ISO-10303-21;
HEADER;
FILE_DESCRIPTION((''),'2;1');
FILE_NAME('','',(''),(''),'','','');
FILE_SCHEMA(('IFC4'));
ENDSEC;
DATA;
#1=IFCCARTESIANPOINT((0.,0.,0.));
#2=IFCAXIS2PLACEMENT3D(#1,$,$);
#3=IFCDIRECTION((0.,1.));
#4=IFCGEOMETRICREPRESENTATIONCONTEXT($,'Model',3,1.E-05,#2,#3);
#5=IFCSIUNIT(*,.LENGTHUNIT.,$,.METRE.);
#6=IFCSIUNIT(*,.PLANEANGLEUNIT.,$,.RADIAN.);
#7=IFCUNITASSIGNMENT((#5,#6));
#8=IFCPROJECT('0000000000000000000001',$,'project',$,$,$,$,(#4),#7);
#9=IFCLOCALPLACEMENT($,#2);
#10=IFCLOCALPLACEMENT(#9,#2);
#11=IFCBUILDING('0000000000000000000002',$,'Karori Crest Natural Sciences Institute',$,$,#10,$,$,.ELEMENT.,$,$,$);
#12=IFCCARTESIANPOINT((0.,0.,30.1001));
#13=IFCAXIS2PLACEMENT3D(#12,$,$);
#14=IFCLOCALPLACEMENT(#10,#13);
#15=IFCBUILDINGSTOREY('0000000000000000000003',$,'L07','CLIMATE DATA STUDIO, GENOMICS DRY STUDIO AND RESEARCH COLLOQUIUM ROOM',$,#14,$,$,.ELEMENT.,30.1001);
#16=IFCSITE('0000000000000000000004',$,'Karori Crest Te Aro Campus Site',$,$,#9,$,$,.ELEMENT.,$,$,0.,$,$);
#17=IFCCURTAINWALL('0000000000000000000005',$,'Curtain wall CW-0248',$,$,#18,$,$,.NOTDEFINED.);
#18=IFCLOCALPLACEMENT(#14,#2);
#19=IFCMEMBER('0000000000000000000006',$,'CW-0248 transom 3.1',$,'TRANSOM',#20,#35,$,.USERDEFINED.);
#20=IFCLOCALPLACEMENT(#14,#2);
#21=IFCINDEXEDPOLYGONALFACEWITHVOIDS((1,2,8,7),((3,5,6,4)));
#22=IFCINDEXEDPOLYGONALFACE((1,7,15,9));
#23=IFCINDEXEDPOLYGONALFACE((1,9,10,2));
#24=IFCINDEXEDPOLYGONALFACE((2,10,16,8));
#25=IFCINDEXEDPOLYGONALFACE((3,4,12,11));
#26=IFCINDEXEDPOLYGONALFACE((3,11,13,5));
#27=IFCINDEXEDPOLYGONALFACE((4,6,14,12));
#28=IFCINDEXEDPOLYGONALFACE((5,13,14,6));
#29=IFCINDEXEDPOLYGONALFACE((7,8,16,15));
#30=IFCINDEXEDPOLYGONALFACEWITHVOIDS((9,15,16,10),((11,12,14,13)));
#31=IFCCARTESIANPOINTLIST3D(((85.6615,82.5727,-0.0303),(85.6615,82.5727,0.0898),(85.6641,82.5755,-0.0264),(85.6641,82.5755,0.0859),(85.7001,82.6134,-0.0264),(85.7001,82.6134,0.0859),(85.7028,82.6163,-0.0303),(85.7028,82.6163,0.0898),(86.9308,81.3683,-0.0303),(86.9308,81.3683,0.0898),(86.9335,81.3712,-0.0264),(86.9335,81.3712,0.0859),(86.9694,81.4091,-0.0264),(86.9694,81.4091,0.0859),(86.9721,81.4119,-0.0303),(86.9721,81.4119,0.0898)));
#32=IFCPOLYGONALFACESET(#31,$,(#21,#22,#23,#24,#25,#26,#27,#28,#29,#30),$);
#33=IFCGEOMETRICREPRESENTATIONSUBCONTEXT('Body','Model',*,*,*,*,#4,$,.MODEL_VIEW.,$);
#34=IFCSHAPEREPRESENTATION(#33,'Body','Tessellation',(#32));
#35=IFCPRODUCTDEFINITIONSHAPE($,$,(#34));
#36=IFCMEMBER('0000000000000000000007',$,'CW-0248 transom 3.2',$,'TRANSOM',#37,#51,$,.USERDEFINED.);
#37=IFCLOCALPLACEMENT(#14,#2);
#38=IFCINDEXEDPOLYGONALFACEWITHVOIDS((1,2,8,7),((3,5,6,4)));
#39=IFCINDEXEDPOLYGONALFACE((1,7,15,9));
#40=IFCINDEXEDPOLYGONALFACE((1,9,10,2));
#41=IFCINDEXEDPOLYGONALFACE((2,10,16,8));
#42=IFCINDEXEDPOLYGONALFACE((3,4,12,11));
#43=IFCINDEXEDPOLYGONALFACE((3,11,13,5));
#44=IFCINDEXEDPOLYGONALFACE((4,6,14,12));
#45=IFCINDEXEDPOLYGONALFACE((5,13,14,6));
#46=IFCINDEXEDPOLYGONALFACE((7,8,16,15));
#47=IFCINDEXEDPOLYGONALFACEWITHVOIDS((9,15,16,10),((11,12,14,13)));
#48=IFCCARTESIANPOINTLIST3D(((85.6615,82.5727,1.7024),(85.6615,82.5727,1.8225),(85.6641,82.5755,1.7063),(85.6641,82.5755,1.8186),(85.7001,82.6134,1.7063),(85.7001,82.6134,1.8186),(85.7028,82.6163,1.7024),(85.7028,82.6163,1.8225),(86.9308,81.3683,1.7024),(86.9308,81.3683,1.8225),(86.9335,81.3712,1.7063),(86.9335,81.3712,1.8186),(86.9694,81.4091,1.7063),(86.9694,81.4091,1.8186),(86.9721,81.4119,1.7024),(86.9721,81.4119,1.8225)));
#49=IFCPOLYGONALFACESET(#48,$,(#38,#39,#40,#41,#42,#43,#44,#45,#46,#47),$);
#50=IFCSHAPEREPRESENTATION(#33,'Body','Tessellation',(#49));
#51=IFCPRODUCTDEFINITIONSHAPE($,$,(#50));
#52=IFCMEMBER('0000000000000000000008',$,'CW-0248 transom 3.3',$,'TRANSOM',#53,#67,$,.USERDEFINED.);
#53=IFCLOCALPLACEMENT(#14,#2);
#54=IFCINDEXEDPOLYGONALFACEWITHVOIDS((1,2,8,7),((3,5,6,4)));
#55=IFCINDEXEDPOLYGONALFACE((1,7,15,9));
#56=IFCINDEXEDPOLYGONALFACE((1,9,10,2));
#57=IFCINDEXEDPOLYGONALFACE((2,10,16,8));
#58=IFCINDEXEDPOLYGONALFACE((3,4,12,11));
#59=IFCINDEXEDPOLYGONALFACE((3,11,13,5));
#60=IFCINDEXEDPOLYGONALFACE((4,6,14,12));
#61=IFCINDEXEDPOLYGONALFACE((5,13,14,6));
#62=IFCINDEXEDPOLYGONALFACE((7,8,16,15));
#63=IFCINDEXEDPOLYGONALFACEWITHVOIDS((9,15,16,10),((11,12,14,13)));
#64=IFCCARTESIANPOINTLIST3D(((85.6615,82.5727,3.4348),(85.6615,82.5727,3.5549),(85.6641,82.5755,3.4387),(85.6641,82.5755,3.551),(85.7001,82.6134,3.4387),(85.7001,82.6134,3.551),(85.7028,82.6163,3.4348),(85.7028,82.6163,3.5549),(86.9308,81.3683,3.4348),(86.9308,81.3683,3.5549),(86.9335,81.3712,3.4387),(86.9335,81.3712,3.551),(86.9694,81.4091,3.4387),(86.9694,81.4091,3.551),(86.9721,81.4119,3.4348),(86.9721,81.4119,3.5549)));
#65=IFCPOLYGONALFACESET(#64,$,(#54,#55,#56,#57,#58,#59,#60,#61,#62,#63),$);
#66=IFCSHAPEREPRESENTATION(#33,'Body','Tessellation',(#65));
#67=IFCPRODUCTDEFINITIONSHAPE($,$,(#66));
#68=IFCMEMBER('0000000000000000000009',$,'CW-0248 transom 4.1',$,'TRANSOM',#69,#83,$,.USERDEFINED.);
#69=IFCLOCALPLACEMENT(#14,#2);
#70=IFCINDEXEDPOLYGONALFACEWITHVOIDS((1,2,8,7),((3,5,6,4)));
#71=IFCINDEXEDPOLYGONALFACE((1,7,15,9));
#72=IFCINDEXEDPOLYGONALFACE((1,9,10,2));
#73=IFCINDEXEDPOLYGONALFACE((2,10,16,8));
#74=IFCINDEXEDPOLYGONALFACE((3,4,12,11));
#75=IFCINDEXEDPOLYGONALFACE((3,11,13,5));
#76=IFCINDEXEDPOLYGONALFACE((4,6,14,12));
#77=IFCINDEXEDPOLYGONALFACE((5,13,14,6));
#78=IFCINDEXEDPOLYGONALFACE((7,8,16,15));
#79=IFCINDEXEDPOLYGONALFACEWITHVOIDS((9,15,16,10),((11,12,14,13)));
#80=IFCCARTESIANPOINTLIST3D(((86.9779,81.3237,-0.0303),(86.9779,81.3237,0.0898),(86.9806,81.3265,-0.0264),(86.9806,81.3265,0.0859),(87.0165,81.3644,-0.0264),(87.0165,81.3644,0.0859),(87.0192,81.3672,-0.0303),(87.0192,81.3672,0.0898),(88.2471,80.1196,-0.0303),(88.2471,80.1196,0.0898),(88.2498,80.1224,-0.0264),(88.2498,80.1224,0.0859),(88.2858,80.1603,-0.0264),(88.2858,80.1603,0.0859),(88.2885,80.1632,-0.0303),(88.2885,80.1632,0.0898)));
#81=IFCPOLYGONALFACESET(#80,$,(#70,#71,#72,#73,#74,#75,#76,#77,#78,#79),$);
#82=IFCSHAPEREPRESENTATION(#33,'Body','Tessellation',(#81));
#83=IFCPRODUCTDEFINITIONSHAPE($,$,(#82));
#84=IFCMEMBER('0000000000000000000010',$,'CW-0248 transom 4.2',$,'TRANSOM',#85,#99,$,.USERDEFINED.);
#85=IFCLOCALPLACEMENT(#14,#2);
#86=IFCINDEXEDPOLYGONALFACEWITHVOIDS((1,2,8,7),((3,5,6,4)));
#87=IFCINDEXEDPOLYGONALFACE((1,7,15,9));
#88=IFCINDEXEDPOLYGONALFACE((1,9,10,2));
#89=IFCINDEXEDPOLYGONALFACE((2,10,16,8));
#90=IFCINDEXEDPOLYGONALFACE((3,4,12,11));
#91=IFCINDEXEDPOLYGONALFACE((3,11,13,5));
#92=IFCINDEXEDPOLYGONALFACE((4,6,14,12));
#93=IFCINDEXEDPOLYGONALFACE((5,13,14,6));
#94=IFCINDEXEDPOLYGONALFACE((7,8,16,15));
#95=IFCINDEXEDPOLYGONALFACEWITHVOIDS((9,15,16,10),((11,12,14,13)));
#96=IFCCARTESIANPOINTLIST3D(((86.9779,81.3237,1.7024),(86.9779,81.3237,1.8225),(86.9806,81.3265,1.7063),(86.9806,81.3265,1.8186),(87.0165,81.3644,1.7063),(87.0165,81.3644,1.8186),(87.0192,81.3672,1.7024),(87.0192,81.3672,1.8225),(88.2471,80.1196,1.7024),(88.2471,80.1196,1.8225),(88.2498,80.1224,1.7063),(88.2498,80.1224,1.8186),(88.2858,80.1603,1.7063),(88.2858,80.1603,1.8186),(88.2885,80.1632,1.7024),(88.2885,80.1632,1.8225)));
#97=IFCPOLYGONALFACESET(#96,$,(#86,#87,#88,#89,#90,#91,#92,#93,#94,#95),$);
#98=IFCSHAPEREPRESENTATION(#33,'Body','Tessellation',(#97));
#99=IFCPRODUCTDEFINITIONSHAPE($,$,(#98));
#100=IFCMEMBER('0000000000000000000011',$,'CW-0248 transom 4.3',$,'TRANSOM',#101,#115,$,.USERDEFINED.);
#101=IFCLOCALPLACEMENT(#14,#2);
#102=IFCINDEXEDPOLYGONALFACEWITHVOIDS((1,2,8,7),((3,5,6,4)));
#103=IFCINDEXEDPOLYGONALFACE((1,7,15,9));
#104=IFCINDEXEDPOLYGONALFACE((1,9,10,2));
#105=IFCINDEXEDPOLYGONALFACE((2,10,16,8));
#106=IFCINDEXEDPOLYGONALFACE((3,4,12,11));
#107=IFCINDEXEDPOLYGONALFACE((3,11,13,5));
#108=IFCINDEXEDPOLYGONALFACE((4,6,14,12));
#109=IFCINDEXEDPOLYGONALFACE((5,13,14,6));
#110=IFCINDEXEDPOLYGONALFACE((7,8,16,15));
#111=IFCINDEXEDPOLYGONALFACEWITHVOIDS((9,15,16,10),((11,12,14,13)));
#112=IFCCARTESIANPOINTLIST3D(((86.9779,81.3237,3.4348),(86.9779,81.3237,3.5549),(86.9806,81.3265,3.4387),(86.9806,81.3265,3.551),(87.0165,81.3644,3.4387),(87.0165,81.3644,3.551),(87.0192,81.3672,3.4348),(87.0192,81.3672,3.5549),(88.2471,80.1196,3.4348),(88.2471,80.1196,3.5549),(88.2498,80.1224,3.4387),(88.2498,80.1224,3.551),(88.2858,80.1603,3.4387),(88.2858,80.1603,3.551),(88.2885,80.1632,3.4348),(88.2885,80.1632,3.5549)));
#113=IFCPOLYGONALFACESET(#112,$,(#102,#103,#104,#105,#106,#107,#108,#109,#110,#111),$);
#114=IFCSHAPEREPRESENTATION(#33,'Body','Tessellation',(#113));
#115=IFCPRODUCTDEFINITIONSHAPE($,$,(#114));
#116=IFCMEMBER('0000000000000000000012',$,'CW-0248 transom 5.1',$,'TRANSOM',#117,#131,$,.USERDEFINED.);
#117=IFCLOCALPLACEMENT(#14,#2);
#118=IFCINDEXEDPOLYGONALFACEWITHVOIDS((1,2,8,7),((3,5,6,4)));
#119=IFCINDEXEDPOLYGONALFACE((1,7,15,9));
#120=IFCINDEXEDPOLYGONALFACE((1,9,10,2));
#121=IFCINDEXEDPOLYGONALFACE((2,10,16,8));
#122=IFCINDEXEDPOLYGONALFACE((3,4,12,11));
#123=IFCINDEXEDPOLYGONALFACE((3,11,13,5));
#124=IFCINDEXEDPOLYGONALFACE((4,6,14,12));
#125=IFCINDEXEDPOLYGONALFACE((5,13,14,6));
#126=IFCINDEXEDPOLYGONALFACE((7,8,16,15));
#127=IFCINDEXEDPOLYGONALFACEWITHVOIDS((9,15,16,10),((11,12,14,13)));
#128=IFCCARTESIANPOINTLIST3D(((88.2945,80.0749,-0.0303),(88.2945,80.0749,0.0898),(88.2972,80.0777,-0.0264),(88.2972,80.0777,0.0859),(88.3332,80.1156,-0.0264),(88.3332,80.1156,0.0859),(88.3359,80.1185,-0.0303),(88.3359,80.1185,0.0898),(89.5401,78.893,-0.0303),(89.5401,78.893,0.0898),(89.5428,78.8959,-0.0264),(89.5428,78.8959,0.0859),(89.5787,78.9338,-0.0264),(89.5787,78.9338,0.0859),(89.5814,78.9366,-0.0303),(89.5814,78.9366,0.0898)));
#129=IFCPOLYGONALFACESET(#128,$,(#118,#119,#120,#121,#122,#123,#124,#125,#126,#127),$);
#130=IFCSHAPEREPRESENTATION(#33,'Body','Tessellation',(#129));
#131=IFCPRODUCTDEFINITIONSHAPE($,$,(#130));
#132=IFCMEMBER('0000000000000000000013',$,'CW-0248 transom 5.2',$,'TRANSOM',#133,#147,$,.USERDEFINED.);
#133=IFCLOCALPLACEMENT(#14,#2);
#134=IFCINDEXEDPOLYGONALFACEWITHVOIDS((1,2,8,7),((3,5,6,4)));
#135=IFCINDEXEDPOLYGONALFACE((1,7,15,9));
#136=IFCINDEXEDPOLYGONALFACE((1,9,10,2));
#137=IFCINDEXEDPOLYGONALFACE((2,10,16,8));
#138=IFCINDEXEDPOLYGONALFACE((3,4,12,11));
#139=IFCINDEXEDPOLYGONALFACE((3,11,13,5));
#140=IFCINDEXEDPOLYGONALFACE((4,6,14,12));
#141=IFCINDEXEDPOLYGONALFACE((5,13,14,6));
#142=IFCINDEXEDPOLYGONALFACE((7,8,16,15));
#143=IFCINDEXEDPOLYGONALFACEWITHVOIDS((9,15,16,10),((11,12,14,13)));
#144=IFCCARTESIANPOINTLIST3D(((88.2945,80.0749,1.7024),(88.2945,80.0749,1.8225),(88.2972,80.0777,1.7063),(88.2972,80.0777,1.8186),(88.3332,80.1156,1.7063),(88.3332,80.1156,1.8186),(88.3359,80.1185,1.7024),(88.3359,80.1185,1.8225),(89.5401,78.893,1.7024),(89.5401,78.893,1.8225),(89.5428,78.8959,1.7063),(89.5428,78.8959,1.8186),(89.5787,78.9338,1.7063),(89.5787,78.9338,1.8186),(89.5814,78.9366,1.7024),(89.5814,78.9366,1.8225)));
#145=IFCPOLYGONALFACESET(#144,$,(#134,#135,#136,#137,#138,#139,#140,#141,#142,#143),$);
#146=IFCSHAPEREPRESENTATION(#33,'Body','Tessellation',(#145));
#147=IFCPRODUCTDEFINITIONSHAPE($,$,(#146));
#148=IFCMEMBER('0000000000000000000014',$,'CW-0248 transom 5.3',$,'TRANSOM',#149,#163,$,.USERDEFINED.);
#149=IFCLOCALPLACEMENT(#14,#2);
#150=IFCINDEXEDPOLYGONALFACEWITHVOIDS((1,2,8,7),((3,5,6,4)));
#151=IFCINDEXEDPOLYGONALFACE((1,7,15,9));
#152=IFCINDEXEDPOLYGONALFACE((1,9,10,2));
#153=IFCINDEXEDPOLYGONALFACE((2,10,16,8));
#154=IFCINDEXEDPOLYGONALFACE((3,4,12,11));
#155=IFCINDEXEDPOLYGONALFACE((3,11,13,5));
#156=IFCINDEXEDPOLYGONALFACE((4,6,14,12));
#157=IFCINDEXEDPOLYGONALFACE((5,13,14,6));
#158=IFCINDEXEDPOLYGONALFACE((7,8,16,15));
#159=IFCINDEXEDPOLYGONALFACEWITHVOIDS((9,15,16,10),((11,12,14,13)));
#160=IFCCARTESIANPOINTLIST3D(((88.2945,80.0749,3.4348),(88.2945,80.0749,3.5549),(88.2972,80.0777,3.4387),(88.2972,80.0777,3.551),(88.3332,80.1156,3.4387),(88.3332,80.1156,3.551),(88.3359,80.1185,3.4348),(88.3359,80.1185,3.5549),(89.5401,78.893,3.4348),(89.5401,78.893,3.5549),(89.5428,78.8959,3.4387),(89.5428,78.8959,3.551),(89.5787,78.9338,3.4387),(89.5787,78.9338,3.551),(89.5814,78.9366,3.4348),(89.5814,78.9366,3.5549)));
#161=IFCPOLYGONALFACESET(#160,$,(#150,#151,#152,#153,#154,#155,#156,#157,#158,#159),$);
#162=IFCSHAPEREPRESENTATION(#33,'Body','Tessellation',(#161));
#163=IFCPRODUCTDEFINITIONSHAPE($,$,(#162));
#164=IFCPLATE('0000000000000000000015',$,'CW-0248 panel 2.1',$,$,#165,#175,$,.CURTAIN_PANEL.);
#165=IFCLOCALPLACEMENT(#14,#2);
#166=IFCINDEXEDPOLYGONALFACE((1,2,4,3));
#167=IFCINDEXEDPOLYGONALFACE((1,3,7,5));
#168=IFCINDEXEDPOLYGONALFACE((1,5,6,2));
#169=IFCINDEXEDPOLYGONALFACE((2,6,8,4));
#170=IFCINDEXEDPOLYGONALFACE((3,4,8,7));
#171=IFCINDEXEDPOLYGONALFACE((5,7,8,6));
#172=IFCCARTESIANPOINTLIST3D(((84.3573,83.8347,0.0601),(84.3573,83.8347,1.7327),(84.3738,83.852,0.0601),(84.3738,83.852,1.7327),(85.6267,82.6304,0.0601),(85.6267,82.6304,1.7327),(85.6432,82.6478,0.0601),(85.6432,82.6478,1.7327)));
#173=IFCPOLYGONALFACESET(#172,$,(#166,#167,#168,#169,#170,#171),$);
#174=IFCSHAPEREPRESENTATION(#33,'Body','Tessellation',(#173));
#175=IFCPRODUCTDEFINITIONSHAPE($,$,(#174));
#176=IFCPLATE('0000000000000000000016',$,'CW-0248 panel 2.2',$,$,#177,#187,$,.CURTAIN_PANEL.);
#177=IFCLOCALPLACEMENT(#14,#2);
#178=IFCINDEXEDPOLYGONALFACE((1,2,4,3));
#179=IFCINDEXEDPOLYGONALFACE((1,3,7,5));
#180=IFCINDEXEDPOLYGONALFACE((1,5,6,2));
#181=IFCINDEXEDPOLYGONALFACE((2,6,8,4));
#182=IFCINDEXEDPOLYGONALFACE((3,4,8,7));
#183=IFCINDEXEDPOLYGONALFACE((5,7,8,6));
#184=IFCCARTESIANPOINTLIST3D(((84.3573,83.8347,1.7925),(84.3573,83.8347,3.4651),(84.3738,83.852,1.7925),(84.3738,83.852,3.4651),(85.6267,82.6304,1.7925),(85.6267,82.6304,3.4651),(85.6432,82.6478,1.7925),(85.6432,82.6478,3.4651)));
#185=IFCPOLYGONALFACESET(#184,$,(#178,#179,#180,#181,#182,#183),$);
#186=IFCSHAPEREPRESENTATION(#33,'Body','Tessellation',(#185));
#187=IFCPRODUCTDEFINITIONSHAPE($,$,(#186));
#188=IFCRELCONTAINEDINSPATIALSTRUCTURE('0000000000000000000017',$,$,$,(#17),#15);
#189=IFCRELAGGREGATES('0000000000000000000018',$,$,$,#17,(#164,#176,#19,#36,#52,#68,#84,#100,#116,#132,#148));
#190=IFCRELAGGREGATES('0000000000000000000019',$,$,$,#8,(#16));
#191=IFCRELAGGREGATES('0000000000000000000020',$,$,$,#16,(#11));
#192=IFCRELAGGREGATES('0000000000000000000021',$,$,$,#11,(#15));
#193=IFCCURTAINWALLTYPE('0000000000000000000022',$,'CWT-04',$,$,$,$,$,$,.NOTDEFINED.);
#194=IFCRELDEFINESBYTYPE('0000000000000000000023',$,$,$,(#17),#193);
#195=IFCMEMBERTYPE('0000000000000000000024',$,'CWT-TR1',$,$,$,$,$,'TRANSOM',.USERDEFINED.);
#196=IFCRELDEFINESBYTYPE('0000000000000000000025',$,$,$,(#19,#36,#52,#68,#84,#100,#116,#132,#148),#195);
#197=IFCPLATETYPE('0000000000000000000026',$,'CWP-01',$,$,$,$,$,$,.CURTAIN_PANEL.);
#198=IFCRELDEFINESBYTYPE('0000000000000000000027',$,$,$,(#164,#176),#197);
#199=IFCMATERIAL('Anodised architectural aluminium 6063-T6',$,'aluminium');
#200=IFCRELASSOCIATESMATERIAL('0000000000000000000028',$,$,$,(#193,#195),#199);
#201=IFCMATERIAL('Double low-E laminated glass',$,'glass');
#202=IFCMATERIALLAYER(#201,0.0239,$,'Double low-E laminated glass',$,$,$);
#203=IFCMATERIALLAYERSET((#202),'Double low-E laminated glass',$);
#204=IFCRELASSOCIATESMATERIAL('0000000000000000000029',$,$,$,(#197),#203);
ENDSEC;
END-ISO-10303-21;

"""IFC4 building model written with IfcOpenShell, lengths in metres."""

from ifc_helpers import new_model, si_unit, direction, frame, origin, origin_2d, place, context, subcontext, project, spatial, rectangle, hollow_rectangle, extrude, material, layer, layer_set, material_profile, profile_set, type_object, element, aggregate, save


model = new_model("IFC4")

# Units and contexts
model_context = context("Model", 3, precision=1e-05, world=origin(), true_north=direction((0.0, 1.0)))
body_context = subcontext(model_context, "Body", "Model", "MODEL_VIEW")
ifc_project = project(units=[si_unit("LENGTHUNIT", "METRE"), si_unit("PLANEANGLEUNIT", "RADIAN")], contexts=[model_context])

# Site, building, storey
site_placement = place(None, origin())
site = spatial("IfcSite", under=ifc_project, at=site_placement, Name="Karori Crest Te Aro Campus Site", CompositionType="ELEMENT", RefElevation=0.0)
building_placement = place(site_placement, origin())
building = spatial("IfcBuilding", under=site, at=building_placement, Name="Karori Crest Natural Sciences Institute", CompositionType="ELEMENT")
storey_placement = place(building_placement, frame((0.0, 0.0, 30.1001)))
storey = spatial("IfcBuildingStorey", under=building, at=storey_placement, Name="L07", Description="CLIMATE DATA STUDIO, GENOMICS DRY STUDIO AND RESEARCH COLLOQUIUM ROOM", CompositionType="ELEMENT", Elevation=30.1001)

# Curtain wall, members, plates
ifc_material_1 = material(Name="Anodised architectural aluminium 6063-T6", Category="aluminium")
curtain_wall_type = type_object("IfcCurtainWallType", Name="CWT-04", PredefinedType="NOTDEFINED", material=ifc_material_1)
curtain_wall_placement = place(storey_placement, origin())
curtain_wall = element("IfcCurtainWall", 1, at=curtain_wall_placement, inside=storey, type_object=curtain_wall_type, Name="Curtain wall CW-0248", PredefinedType="NOTDEFINED")
ifc_material_profile_1 = material_profile(ifc_material_1, hollow_rectangle(XDim=0.0601, YDim=0.1201, WallThickness=0.0039, at=origin_2d()), Name="CWT120x60x4")
ifc_profile_set_1 = profile_set([ifc_material_profile_1], Name="Anodised architectural aluminium 6063-T6")
member_type_1 = type_object("IfcMemberType", Name="CWT-TR1", ElementType="TRANSOM", PredefinedType="USERDEFINED", material=ifc_profile_set_1)
member_1_placement = place(storey_placement, frame((85.6821, 82.5945, 0.0298), z_axis=(0.725421, -0.688306, 0.0), x_axis=(0.688306, 0.725421, 0.0)))
member_1 = element("IfcMember", 2, at=member_1_placement, type_object=member_type_1, Name="CW-0248 transom 3.1", ObjectType="TRANSOM", PredefinedType="USERDEFINED", context=body_context, shape_type="SweptSolid", body=[
    extrude(hollow_rectangle(XDim=0.0601, YDim=0.1201, WallThickness=0.0039, at=origin_2d()), origin(), (0.0, 0.0, 1.0), 1.7498),
])
member_2_placement = place(storey_placement, frame((85.6821, 82.5945, 1.7625), z_axis=(0.725421, -0.688306, 0.0), x_axis=(0.688306, 0.725421, 0.0)))
member_2 = element("IfcMember", 3, at=member_2_placement, type_object=member_type_1, Name="CW-0248 transom 3.2", ObjectType="TRANSOM", PredefinedType="USERDEFINED", context=body_context, shape_type="SweptSolid", body=[
    extrude(hollow_rectangle(XDim=0.0601, YDim=0.1201, WallThickness=0.0039, at=origin_2d()), origin(), (0.0, 0.0, 1.0), 1.7498),
])
member_3_placement = place(storey_placement, frame((85.6821, 82.5945, 3.4949), z_axis=(0.725421, -0.688306, 0.0), x_axis=(0.688306, 0.725421, 0.0)))
member_3 = element("IfcMember", 4, at=member_3_placement, type_object=member_type_1, Name="CW-0248 transom 3.3", ObjectType="TRANSOM", PredefinedType="USERDEFINED", context=body_context, shape_type="SweptSolid", body=[
    extrude(hollow_rectangle(XDim=0.0601, YDim=0.1201, WallThickness=0.0039, at=origin_2d()), origin(), (0.0, 0.0, 1.0), 1.7498),
])
member_4_placement = place(storey_placement, frame((86.9985, 81.3455, 0.0298), z_axis=(0.72549, -0.688232, 0.0), x_axis=(0.688232, 0.72549, 0.0)))
member_4 = element("IfcMember", 5, at=member_4_placement, type_object=member_type_1, Name="CW-0248 transom 4.1", ObjectType="TRANSOM", PredefinedType="USERDEFINED", context=body_context, shape_type="SweptSolid", body=[
    extrude(hollow_rectangle(XDim=0.0601, YDim=0.1201, WallThickness=0.0039, at=origin_2d()), origin(), (0.0, 0.0, 1.0), 1.7495),
])
member_5_placement = place(storey_placement, frame((86.9985, 81.3455, 1.7625), z_axis=(0.72549, -0.688232, 0.0), x_axis=(0.688232, 0.72549, 0.0)))
member_5 = element("IfcMember", 6, at=member_5_placement, type_object=member_type_1, Name="CW-0248 transom 4.2", ObjectType="TRANSOM", PredefinedType="USERDEFINED", context=body_context, shape_type="SweptSolid", body=[
    extrude(hollow_rectangle(XDim=0.0601, YDim=0.1201, WallThickness=0.0039, at=origin_2d()), origin(), (0.0, 0.0, 1.0), 1.7495),
])
member_6_placement = place(storey_placement, frame((86.9985, 81.3455, 3.4949), z_axis=(0.72549, -0.688232, 0.0), x_axis=(0.688232, 0.72549, 0.0)))
member_6 = element("IfcMember", 7, at=member_6_placement, type_object=member_type_1, Name="CW-0248 transom 4.3", ObjectType="TRANSOM", PredefinedType="USERDEFINED", context=body_context, shape_type="SweptSolid", body=[
    extrude(hollow_rectangle(XDim=0.0601, YDim=0.1201, WallThickness=0.0039, at=origin_2d()), origin(), (0.0, 0.0, 1.0), 1.7495),
])
member_7_placement = place(storey_placement, frame((88.3152, 80.0967, 0.0298), z_axis=(0.725418, -0.688308, 0.0), x_axis=(0.688308, 0.725418, 0.0)))
member_7 = element("IfcMember", 8, at=member_7_placement, type_object=member_type_1, Name="CW-0248 transom 5.1", ObjectType="TRANSOM", PredefinedType="USERDEFINED", context=body_context, shape_type="SweptSolid", body=[
    extrude(hollow_rectangle(XDim=0.0601, YDim=0.1201, WallThickness=0.0039, at=origin_2d()), origin(), (0.0, 0.0, 1.0), 1.717),
])
member_8_placement = place(storey_placement, frame((88.3152, 80.0967, 1.7625), z_axis=(0.725418, -0.688308, 0.0), x_axis=(0.688308, 0.725418, 0.0)))
member_8 = element("IfcMember", 9, at=member_8_placement, type_object=member_type_1, Name="CW-0248 transom 5.2", ObjectType="TRANSOM", PredefinedType="USERDEFINED", context=body_context, shape_type="SweptSolid", body=[
    extrude(hollow_rectangle(XDim=0.0601, YDim=0.1201, WallThickness=0.0039, at=origin_2d()), origin(), (0.0, 0.0, 1.0), 1.717),
])
member_9_placement = place(storey_placement, frame((88.3152, 80.0967, 3.4949), z_axis=(0.725418, -0.688308, 0.0), x_axis=(0.688308, 0.725418, 0.0)))
member_9 = element("IfcMember", 10, at=member_9_placement, type_object=member_type_1, Name="CW-0248 transom 5.3", ObjectType="TRANSOM", PredefinedType="USERDEFINED", context=body_context, shape_type="SweptSolid", body=[
    extrude(hollow_rectangle(XDim=0.0601, YDim=0.1201, WallThickness=0.0039, at=origin_2d()), origin(), (0.0, 0.0, 1.0), 1.717),
])
ifc_material_2 = material(Name="Double low-E laminated glass", Category="glass")
ifc_layer_1 = layer(ifc_material_2, 0.0239, Name="Double low-E laminated glass")
ifc_layer_set_1 = layer_set([ifc_layer_1], Name="Double low-E laminated glass")
plate_type = type_object("IfcPlateType", Name="CWP-01", PredefinedType="CURTAIN_PANEL", material=ifc_layer_set_1)
plate_1_placement = place(storey_placement, frame((85.0002, 83.2412, 0.0601), z_axis=(0.0, 0.0, 1.0), x_axis=(0.725471, -0.688252, 0.0)))
plate_1 = element("IfcPlate", 11, at=plate_1_placement, type_object=plate_type, Name="CW-0248 panel 2.1", PredefinedType="CURTAIN_PANEL", context=body_context, shape_type="SweptSolid", body=[
    extrude(rectangle(XDim=1.7498, YDim=0.0239, at=origin_2d()), origin(), (0.0, 0.0, 1.0), 1.6726),
])
plate_2_placement = place(storey_placement, frame((85.0002, 83.2412, 1.7925), z_axis=(0.0, 0.0, 1.0), x_axis=(0.725471, -0.688252, 0.0)))
plate_2 = element("IfcPlate", 12, at=plate_2_placement, type_object=plate_type, Name="CW-0248 panel 2.2", PredefinedType="CURTAIN_PANEL", context=body_context, shape_type="SweptSolid", body=[
    extrude(rectangle(XDim=1.7498, YDim=0.0239, at=origin_2d()), origin(), (0.0, 0.0, 1.0), 1.6726),
])
aggregate(curtain_wall, [plate_1, plate_2, member_1, member_2, member_3, member_4, member_5, member_6, member_7, member_8, member_9])

save(model, "model.ifc")
